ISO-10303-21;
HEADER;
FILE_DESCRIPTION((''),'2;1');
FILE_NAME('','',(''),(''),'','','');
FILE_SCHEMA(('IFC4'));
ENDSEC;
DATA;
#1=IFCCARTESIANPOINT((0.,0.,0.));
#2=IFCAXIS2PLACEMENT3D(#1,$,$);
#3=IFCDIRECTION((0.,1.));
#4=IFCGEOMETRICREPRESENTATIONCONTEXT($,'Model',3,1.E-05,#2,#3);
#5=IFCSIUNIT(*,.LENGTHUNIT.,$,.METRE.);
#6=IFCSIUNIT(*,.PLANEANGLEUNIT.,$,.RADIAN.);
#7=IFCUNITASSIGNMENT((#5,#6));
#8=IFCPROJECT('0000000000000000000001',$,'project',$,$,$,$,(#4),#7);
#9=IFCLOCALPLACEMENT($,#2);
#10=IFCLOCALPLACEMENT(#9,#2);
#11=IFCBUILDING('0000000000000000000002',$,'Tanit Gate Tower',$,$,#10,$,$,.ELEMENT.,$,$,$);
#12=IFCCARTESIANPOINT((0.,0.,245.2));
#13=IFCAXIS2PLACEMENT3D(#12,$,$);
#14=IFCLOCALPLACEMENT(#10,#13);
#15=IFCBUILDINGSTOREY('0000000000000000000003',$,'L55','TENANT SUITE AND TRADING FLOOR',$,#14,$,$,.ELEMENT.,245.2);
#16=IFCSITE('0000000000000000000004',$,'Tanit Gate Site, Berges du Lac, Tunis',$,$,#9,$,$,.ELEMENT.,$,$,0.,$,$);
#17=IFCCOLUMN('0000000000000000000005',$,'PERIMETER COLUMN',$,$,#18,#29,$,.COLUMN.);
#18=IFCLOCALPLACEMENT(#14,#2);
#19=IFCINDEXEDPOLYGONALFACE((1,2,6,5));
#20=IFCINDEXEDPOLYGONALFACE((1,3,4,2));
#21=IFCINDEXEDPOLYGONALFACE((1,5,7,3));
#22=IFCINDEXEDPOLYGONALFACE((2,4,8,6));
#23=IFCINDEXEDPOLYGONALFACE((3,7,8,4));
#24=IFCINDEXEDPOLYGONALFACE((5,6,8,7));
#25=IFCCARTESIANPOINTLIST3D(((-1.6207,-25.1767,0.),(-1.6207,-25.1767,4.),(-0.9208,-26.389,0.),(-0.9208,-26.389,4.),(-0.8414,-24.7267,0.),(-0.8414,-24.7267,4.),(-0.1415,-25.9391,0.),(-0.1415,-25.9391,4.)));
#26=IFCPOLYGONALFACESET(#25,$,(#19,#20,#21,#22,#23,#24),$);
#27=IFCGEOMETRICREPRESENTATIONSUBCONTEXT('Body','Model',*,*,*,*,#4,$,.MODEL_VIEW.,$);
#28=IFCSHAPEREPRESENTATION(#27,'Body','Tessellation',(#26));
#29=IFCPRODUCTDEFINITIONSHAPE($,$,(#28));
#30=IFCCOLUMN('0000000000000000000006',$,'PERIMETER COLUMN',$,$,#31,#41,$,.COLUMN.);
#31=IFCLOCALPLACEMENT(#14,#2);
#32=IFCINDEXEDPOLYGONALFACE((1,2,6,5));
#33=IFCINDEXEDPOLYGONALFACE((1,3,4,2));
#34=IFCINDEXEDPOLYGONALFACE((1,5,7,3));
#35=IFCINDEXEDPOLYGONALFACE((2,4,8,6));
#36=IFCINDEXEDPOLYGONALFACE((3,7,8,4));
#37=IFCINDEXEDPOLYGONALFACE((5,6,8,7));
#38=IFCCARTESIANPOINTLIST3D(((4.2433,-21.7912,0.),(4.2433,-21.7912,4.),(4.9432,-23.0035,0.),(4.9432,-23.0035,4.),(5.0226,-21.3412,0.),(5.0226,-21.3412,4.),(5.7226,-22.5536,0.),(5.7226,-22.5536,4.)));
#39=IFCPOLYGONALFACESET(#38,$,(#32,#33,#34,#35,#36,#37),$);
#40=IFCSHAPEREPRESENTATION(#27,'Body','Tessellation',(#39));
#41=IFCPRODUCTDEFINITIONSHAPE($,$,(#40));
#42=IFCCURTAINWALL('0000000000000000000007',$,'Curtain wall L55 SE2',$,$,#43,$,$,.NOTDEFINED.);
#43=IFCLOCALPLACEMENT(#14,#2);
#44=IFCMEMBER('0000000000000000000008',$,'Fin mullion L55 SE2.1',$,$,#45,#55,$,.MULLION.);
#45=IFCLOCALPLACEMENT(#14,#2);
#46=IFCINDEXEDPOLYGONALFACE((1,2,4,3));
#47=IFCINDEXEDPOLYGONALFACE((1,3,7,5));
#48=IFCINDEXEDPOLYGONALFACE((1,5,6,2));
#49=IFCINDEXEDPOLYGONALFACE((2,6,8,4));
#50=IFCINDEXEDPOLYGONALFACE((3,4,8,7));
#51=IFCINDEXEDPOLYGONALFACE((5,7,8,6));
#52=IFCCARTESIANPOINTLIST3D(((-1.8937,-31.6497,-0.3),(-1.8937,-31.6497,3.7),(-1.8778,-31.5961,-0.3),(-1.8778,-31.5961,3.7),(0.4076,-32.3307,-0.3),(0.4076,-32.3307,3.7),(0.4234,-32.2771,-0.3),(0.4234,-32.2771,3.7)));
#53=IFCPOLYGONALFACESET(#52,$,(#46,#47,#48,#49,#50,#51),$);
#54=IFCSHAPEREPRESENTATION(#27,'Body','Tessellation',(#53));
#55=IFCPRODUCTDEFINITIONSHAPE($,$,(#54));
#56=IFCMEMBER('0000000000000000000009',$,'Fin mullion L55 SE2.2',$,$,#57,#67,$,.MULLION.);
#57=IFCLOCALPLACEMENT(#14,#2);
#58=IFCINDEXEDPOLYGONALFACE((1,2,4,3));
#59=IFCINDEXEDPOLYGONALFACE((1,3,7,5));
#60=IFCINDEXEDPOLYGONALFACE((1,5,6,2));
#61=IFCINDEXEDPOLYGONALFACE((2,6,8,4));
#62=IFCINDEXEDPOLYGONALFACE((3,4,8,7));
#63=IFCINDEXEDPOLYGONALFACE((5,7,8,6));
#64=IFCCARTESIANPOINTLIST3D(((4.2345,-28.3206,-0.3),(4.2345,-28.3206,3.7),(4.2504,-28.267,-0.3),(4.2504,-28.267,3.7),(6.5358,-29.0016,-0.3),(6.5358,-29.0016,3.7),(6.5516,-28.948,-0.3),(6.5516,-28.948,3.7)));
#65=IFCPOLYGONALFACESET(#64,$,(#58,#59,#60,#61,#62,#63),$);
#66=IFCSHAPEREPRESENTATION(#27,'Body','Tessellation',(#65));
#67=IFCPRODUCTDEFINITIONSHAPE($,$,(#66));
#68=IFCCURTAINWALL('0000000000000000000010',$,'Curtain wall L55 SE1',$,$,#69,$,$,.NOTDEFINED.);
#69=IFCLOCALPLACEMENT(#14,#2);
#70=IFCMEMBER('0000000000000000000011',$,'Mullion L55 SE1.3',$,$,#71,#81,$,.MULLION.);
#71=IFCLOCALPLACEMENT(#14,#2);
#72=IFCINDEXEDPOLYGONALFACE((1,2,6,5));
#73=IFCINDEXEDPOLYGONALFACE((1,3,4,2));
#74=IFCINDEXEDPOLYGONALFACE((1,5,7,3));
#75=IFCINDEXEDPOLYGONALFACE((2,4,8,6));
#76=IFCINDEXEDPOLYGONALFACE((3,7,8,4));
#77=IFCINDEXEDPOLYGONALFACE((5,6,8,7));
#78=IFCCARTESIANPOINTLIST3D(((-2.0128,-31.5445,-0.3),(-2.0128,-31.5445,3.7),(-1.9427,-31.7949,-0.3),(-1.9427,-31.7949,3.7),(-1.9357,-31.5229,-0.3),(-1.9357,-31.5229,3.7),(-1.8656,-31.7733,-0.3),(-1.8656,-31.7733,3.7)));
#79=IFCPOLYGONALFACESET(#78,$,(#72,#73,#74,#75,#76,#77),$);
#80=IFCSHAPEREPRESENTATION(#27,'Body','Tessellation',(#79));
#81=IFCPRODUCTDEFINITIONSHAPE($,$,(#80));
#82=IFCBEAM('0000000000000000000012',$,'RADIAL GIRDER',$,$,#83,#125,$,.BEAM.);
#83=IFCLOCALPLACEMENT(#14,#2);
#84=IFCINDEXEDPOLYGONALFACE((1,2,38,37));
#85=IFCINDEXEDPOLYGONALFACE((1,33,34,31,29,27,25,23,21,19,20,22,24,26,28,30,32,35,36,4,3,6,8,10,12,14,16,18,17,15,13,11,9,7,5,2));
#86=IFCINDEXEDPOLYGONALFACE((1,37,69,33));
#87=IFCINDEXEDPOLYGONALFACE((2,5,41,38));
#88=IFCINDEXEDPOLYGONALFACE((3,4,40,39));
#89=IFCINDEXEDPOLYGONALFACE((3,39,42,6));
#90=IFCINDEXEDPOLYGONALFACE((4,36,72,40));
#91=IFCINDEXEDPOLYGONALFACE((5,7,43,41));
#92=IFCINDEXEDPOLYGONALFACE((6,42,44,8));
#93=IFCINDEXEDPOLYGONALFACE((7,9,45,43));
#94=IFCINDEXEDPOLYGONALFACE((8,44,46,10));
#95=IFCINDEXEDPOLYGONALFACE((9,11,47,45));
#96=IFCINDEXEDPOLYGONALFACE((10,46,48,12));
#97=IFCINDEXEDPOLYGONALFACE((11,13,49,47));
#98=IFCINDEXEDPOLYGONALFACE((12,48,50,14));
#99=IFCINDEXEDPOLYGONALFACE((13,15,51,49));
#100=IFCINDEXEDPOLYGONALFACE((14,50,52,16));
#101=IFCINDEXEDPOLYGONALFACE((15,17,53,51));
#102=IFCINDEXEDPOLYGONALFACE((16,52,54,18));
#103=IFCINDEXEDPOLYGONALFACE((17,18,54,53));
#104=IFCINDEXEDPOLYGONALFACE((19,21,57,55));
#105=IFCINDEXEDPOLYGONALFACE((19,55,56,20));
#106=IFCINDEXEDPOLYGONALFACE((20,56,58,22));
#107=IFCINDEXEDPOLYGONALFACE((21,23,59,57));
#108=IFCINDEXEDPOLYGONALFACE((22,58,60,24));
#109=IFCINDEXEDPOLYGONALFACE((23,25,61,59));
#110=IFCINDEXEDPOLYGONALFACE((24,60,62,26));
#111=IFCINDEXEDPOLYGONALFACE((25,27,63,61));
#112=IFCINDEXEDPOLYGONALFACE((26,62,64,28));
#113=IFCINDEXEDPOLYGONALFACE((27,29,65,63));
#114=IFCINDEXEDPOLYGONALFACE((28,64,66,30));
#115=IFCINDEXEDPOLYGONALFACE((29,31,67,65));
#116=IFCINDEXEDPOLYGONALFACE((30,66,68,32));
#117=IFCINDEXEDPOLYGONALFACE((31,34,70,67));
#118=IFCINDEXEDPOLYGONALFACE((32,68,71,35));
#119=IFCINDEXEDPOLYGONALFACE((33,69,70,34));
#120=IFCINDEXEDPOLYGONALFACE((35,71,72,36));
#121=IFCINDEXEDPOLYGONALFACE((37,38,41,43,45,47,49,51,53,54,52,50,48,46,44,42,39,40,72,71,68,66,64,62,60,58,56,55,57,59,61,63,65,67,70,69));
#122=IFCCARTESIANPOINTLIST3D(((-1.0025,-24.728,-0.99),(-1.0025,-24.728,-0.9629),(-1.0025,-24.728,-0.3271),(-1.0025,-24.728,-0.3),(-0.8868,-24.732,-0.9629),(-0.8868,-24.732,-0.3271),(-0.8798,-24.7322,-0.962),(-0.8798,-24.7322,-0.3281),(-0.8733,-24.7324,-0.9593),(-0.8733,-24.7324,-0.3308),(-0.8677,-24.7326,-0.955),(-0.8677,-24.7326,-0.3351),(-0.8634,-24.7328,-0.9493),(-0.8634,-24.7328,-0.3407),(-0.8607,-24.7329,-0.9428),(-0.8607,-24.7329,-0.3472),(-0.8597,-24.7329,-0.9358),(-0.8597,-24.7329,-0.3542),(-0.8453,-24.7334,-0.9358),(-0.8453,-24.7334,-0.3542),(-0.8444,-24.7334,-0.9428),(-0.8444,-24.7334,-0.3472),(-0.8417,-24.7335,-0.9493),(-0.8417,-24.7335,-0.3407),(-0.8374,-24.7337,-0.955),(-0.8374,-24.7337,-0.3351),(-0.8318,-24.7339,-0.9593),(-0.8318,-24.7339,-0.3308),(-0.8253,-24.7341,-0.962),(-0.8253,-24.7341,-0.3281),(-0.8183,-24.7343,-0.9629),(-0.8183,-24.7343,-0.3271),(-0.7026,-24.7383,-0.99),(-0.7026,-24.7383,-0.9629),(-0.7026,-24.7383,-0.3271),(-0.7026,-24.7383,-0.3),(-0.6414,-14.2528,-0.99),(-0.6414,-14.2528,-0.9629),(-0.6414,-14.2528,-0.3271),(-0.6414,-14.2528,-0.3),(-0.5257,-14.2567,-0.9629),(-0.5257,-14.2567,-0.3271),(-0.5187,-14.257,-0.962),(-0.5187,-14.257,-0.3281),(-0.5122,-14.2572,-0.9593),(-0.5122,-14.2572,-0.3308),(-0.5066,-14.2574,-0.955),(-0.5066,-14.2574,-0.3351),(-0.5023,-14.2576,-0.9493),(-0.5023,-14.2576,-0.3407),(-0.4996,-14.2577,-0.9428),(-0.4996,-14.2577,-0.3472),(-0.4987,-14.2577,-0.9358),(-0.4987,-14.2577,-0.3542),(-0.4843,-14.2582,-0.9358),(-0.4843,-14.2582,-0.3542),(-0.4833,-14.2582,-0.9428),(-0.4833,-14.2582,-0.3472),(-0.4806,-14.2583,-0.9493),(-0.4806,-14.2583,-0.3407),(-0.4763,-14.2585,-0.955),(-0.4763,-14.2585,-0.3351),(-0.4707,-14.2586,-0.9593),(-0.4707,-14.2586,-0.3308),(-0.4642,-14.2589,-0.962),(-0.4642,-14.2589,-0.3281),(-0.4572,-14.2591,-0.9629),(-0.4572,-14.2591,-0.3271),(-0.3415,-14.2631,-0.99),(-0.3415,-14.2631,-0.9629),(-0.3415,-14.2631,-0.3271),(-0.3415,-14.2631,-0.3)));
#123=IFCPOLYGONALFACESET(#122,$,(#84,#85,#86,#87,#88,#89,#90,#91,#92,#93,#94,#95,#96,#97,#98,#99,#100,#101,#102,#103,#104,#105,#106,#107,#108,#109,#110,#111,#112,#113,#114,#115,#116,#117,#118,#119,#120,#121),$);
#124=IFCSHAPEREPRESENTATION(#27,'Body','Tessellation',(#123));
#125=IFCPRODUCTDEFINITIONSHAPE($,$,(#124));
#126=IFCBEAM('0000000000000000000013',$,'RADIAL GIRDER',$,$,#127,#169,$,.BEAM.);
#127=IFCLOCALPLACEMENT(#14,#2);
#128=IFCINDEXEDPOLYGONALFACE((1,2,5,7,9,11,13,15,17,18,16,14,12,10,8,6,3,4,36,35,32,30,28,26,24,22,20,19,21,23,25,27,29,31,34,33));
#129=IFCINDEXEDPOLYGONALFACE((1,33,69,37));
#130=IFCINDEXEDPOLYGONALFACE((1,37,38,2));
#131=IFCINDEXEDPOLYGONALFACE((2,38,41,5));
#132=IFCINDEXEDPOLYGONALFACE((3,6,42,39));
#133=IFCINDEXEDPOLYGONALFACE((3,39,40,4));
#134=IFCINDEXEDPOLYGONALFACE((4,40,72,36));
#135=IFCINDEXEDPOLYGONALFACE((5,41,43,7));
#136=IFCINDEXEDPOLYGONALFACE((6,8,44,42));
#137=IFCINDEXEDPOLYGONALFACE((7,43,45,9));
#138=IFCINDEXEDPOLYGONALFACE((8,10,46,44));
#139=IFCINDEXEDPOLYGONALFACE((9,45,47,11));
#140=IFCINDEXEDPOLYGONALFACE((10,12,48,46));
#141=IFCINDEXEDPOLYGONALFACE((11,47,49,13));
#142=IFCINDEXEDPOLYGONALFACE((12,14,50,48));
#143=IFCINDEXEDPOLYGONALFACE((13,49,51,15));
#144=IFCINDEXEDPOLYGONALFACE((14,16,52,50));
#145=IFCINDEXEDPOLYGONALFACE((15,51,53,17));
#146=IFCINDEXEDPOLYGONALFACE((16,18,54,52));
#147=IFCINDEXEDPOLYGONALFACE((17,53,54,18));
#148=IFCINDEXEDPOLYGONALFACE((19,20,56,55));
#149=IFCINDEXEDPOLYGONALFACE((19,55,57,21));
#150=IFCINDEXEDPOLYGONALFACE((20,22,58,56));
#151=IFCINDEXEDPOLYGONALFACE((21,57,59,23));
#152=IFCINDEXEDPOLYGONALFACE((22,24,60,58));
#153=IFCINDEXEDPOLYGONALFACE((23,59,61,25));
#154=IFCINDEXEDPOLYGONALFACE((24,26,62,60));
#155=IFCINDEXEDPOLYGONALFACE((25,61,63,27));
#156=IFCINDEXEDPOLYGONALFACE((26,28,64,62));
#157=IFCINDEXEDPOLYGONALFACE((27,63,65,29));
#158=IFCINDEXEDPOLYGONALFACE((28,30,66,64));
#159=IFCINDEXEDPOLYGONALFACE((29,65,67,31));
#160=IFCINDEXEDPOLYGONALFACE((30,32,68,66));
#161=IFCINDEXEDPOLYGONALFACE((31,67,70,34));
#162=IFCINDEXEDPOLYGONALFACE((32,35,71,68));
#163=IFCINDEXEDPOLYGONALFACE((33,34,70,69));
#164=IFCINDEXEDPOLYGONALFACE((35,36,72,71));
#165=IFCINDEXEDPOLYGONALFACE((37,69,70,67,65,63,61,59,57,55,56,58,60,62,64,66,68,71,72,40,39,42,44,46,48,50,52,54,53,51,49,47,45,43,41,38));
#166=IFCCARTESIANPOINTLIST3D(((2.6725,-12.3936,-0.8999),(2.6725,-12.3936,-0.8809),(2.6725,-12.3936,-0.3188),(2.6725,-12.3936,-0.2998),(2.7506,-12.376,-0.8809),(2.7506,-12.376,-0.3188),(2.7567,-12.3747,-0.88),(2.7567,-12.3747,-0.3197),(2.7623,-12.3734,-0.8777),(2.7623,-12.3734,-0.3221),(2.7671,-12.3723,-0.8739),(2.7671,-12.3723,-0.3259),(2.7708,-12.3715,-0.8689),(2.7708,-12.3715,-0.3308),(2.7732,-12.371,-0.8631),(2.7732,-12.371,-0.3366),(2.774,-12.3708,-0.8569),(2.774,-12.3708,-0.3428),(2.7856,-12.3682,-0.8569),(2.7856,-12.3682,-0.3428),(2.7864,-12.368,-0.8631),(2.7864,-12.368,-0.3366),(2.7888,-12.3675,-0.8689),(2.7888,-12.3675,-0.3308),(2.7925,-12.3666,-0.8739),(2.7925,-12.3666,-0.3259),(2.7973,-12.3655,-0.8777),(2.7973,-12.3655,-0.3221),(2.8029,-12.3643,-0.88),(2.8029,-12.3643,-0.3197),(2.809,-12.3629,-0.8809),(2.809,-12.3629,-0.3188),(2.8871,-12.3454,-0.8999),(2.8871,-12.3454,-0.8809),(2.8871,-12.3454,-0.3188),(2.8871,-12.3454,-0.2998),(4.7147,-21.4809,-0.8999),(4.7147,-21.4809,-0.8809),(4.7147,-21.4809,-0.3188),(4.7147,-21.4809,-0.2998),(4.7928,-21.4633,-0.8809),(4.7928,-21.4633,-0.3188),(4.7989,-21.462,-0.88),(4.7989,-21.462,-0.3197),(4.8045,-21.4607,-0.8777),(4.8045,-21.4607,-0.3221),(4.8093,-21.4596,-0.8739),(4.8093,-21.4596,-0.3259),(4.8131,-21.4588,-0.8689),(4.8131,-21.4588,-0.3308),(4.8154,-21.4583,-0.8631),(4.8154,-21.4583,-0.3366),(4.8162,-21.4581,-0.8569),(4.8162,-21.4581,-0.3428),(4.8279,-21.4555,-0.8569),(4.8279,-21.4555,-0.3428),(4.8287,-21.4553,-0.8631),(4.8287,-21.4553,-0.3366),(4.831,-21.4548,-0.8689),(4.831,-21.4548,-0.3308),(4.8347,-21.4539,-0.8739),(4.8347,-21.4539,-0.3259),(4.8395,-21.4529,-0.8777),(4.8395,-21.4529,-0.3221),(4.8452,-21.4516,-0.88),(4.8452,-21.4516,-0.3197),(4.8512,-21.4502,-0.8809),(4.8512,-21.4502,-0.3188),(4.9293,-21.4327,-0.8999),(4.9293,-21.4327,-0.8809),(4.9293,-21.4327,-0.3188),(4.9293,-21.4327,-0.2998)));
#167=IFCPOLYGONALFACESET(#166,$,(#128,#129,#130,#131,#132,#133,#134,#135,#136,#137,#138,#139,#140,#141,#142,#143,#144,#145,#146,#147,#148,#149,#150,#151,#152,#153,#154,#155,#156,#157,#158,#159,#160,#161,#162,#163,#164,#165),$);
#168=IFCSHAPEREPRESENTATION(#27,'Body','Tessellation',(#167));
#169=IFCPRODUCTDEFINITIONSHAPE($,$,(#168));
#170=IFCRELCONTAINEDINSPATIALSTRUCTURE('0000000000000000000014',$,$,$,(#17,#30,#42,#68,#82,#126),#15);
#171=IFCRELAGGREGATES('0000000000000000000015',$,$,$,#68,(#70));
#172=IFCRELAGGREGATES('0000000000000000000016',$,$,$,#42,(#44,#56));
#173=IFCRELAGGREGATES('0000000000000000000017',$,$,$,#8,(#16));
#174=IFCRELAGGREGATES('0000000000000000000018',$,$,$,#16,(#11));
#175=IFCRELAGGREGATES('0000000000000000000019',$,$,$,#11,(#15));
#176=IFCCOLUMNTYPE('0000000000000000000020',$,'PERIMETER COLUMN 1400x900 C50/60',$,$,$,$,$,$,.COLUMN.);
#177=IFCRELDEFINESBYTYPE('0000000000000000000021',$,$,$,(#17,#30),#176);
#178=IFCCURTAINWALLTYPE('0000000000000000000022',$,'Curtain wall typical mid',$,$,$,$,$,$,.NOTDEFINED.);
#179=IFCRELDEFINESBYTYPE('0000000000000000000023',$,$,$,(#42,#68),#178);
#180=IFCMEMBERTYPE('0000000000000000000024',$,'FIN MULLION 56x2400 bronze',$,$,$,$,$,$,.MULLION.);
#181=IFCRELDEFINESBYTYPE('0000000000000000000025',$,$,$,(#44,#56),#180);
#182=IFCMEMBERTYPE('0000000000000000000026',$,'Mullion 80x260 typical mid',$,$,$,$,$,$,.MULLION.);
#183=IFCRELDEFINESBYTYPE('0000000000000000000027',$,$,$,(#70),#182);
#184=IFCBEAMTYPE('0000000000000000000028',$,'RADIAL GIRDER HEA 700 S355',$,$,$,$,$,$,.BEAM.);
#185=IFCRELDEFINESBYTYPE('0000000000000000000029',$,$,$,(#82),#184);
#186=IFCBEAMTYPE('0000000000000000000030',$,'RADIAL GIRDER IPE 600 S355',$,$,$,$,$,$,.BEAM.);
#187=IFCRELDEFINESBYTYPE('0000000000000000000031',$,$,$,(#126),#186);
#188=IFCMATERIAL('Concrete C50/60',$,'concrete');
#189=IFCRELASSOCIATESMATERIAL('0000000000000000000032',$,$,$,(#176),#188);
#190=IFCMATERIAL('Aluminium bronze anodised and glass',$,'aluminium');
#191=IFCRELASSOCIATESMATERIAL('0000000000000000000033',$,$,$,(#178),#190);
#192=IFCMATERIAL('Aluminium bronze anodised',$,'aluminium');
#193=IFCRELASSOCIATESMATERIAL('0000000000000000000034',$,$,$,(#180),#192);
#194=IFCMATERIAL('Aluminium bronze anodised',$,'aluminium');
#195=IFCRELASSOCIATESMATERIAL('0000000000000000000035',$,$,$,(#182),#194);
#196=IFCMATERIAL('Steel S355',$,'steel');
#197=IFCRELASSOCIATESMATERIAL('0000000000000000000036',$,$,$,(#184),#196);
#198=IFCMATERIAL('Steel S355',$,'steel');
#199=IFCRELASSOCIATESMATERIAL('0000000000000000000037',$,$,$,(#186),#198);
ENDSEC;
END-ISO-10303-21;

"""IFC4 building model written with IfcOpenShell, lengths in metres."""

from ifc_helpers import new_model, si_unit, direction, frame, origin, origin_2d, place, context, subcontext, project, spatial, rectangle, i_section, extrude, material, material_profile, profile_set, type_object, element, aggregate, save


model = new_model("IFC4")

# Units and contexts
model_context = context("Model", 3, precision=1e-05, world=origin(), true_north=direction((0.0, 1.0)))
body_context = subcontext(model_context, "Body", "Model", "MODEL_VIEW")
ifc_project = project(units=[si_unit("LENGTHUNIT", "METRE"), si_unit("PLANEANGLEUNIT", "RADIAN")], contexts=[model_context])

# Site, building, storey
site_placement = place(None, origin())
site = spatial("IfcSite", under=ifc_project, at=site_placement, Name="Tanit Gate Site, Berges du Lac, Tunis", CompositionType="ELEMENT", RefElevation=0.0)
building_placement = place(site_placement, origin())
building = spatial("IfcBuilding", under=site, at=building_placement, Name="Tanit Gate Tower", CompositionType="ELEMENT")
storey_placement = place(building_placement, frame((0.0, 0.0, 245.2)))
storey = spatial("IfcBuildingStorey", under=building, at=storey_placement, Name="L55", Description="TENANT SUITE AND TRADING FLOOR", CompositionType="ELEMENT", Elevation=245.2)

# Columns
ifc_material_1 = material(Name="Concrete C50/60", Category="concrete")
ifc_material_profile_1 = material_profile(ifc_material_1, rectangle(XDim=1.3999, YDim=0.8999, at=origin_2d()), Name="RC 1400x900")
ifc_profile_set_1 = profile_set([ifc_material_profile_1], Name="Concrete C50/60")
column_type = type_object("IfcColumnType", Name="PERIMETER COLUMN 1400x900 C50/60", PredefinedType="COLUMN", material=ifc_profile_set_1)
for number, where, z_axis, x_axis, name in (
    (1, (-0.8811, -25.5579, 0.0), (0.0, 0.0, 1.0), (0.5, -0.866025, 0.0), "PERIMETER COLUMN"),
    (2, (4.9829, -22.1724, 0.0), (0.0, 0.0, 1.0), (0.5, -0.866025, 0.0), "PERIMETER COLUMN"),
):
    element("IfcColumn", number, at=place(storey_placement, frame(where, z_axis=z_axis, x_axis=x_axis)), inside=storey, type_object=column_type, Name=name, PredefinedType="COLUMN", context=body_context, shape_type="SweptSolid", body=[
        extrude(rectangle(XDim=1.3999, YDim=0.8999, at=origin_2d()), origin(), (0.0, 0.0, 1.0), 4.0),
    ])

# Curtain wall, members
ifc_material_2 = material(Name="Aluminium bronze anodised and glass", Category="aluminium")
curtain_wall_type = type_object("IfcCurtainWallType", Name="Curtain wall typical mid", PredefinedType="NOTDEFINED", material=ifc_material_2)
curtain_wall_1_placement = place(storey_placement, origin())
curtain_wall_1 = element("IfcCurtainWall", 3, at=curtain_wall_1_placement, inside=storey, type_object=curtain_wall_type, Name="Curtain wall L55 SE2", PredefinedType="NOTDEFINED")
ifc_material_3 = material(Name="Aluminium bronze anodised", Category="aluminium")
ifc_material_profile_2 = material_profile(ifc_material_3, rectangle(XDim=2.3999, YDim=0.0559, at=origin_2d()), Name="56x2400 bronze fin mullion")
ifc_profile_set_2 = profile_set([ifc_material_profile_2], Name="Aluminium bronze anodised")
member_type_1 = type_object("IfcMemberType", Name="FIN MULLION 56x2400 bronze", PredefinedType="MULLION", material=ifc_profile_set_2)
member_1_placement = place(storey_placement, frame((-0.7351, -31.9634, -0.3), z_axis=(0.0, 0.0, 1.0), x_axis=(-0.958892, 0.283773, 0.0)))
member_1 = element("IfcMember", 4, at=member_1_placement, type_object=member_type_1, Name="Fin mullion L55 SE2.1", PredefinedType="MULLION", context=body_context, shape_type="SweptSolid", body=[
    extrude(rectangle(XDim=2.3999, YDim=0.0559, at=origin_2d()), origin(), (0.0, 0.0, 1.0), 4.0),
])
member_2_placement = place(storey_placement, frame((5.3931, -28.6343, -0.3), z_axis=(0.0, 0.0, 1.0), x_axis=(-0.958892, 0.283773, 0.0)))
member_2 = element("IfcMember", 5, at=member_2_placement, type_object=member_type_1, Name="Fin mullion L55 SE2.2", PredefinedType="MULLION", context=body_context, shape_type="SweptSolid", body=[
    extrude(rectangle(XDim=2.3999, YDim=0.0559, at=origin_2d()), origin(), (0.0, 0.0, 1.0), 4.0),
])

# Curtain wall, member
curtain_wall_2_placement = place(storey_placement, origin())
curtain_wall_2 = element("IfcCurtainWall", 6, at=curtain_wall_2_placement, inside=storey, type_object=curtain_wall_type, Name="Curtain wall L55 SE1", PredefinedType="NOTDEFINED")
ifc_material_4 = material(Name="Aluminium bronze anodised", Category="aluminium")
ifc_material_profile_3 = material_profile(ifc_material_4, rectangle(XDim=0.26, YDim=0.0801, at=origin_2d()), Name="80x260 bronze mullion")
ifc_profile_set_3 = profile_set([ifc_material_profile_3], Name="Aluminium bronze anodised")
member_type_2 = type_object("IfcMemberType", Name="Mullion 80x260 typical mid", PredefinedType="MULLION", material=ifc_profile_set_3)
member_3_placement = place(storey_placement, frame((-1.9392, -31.6589, -0.3), z_axis=(0.0, 0.0, 1.0), x_axis=(-0.269632, 0.962964, 0.0)))
member_3 = element("IfcMember", 7, at=member_3_placement, type_object=member_type_2, Name="Mullion L55 SE1.3", PredefinedType="MULLION", context=body_context, shape_type="SweptSolid", body=[
    extrude(rectangle(XDim=0.26, YDim=0.0801, at=origin_2d()), origin(), (0.0, 0.0, 1.0), 4.0),
])
aggregate(curtain_wall_2, [member_3])

# Beams
ifc_material_5 = material(Name="Steel S355", Category="steel")
ifc_material_profile_4 = material_profile(ifc_material_5, i_section(OverallWidth=0.3, OverallDepth=0.6899, WebThickness=0.0144, FlangeThickness=0.0271, FilletRadius=0.0271, at=origin_2d()), Name="HEA 700")
ifc_profile_set_4 = profile_set([ifc_material_profile_4], Name="Steel S355")
beam_type_1 = type_object("IfcBeamType", Name="RADIAL GIRDER HEA 700 S355", PredefinedType="BEAM", material=ifc_profile_set_4)
beam_1_placement = place(storey_placement, frame((-0.8525, -24.7332, -0.645), z_axis=(0.034449, 0.999406, 0.0), x_axis=(-0.999406, 0.034449, 0.0)))
element("IfcBeam", 8, at=beam_1_placement, inside=storey, type_object=beam_type_1, Name="RADIAL GIRDER", PredefinedType="BEAM", context=body_context, shape_type="SweptSolid", body=[
    extrude(i_section(OverallWidth=0.3, OverallDepth=0.6899, WebThickness=0.0144, FlangeThickness=0.0271, FilletRadius=0.0271, at=origin_2d()), origin(), (0.0, 0.0, 1.0), 10.4814),
])
ifc_material_6 = material(Name="Steel S355", Category="steel")
ifc_material_profile_5 = material_profile(ifc_material_6, i_section(OverallWidth=0.22, OverallDepth=0.6001, WebThickness=0.012, FlangeThickness=0.019, FilletRadius=0.0239, at=origin_2d()), Name="IPE 600")
ifc_profile_set_5 = profile_set([ifc_material_profile_5], Name="Steel S355")
beam_type_2 = type_object("IfcBeamType", Name="RADIAL GIRDER IPE 600 S355", PredefinedType="BEAM", material=ifc_profile_set_5)
beam_2_placement = place(storey_placement, frame((4.822, -21.4568, -0.5999), z_axis=(-0.219264, 0.975666, 0.0), x_axis=(-0.975666, -0.219264, 0.0)))
element("IfcBeam", 9, at=beam_2_placement, inside=storey, type_object=beam_type_2, Name="RADIAL GIRDER", PredefinedType="BEAM", context=body_context, shape_type="SweptSolid", body=[
    extrude(i_section(OverallWidth=0.22, OverallDepth=0.6001, WebThickness=0.012, FlangeThickness=0.019, FilletRadius=0.0239, at=origin_2d()), origin(), (0.0, 0.0, 1.0), 9.314),
])

aggregate(curtain_wall_1, [member_1, member_2])

save(model, "model.ifc")
